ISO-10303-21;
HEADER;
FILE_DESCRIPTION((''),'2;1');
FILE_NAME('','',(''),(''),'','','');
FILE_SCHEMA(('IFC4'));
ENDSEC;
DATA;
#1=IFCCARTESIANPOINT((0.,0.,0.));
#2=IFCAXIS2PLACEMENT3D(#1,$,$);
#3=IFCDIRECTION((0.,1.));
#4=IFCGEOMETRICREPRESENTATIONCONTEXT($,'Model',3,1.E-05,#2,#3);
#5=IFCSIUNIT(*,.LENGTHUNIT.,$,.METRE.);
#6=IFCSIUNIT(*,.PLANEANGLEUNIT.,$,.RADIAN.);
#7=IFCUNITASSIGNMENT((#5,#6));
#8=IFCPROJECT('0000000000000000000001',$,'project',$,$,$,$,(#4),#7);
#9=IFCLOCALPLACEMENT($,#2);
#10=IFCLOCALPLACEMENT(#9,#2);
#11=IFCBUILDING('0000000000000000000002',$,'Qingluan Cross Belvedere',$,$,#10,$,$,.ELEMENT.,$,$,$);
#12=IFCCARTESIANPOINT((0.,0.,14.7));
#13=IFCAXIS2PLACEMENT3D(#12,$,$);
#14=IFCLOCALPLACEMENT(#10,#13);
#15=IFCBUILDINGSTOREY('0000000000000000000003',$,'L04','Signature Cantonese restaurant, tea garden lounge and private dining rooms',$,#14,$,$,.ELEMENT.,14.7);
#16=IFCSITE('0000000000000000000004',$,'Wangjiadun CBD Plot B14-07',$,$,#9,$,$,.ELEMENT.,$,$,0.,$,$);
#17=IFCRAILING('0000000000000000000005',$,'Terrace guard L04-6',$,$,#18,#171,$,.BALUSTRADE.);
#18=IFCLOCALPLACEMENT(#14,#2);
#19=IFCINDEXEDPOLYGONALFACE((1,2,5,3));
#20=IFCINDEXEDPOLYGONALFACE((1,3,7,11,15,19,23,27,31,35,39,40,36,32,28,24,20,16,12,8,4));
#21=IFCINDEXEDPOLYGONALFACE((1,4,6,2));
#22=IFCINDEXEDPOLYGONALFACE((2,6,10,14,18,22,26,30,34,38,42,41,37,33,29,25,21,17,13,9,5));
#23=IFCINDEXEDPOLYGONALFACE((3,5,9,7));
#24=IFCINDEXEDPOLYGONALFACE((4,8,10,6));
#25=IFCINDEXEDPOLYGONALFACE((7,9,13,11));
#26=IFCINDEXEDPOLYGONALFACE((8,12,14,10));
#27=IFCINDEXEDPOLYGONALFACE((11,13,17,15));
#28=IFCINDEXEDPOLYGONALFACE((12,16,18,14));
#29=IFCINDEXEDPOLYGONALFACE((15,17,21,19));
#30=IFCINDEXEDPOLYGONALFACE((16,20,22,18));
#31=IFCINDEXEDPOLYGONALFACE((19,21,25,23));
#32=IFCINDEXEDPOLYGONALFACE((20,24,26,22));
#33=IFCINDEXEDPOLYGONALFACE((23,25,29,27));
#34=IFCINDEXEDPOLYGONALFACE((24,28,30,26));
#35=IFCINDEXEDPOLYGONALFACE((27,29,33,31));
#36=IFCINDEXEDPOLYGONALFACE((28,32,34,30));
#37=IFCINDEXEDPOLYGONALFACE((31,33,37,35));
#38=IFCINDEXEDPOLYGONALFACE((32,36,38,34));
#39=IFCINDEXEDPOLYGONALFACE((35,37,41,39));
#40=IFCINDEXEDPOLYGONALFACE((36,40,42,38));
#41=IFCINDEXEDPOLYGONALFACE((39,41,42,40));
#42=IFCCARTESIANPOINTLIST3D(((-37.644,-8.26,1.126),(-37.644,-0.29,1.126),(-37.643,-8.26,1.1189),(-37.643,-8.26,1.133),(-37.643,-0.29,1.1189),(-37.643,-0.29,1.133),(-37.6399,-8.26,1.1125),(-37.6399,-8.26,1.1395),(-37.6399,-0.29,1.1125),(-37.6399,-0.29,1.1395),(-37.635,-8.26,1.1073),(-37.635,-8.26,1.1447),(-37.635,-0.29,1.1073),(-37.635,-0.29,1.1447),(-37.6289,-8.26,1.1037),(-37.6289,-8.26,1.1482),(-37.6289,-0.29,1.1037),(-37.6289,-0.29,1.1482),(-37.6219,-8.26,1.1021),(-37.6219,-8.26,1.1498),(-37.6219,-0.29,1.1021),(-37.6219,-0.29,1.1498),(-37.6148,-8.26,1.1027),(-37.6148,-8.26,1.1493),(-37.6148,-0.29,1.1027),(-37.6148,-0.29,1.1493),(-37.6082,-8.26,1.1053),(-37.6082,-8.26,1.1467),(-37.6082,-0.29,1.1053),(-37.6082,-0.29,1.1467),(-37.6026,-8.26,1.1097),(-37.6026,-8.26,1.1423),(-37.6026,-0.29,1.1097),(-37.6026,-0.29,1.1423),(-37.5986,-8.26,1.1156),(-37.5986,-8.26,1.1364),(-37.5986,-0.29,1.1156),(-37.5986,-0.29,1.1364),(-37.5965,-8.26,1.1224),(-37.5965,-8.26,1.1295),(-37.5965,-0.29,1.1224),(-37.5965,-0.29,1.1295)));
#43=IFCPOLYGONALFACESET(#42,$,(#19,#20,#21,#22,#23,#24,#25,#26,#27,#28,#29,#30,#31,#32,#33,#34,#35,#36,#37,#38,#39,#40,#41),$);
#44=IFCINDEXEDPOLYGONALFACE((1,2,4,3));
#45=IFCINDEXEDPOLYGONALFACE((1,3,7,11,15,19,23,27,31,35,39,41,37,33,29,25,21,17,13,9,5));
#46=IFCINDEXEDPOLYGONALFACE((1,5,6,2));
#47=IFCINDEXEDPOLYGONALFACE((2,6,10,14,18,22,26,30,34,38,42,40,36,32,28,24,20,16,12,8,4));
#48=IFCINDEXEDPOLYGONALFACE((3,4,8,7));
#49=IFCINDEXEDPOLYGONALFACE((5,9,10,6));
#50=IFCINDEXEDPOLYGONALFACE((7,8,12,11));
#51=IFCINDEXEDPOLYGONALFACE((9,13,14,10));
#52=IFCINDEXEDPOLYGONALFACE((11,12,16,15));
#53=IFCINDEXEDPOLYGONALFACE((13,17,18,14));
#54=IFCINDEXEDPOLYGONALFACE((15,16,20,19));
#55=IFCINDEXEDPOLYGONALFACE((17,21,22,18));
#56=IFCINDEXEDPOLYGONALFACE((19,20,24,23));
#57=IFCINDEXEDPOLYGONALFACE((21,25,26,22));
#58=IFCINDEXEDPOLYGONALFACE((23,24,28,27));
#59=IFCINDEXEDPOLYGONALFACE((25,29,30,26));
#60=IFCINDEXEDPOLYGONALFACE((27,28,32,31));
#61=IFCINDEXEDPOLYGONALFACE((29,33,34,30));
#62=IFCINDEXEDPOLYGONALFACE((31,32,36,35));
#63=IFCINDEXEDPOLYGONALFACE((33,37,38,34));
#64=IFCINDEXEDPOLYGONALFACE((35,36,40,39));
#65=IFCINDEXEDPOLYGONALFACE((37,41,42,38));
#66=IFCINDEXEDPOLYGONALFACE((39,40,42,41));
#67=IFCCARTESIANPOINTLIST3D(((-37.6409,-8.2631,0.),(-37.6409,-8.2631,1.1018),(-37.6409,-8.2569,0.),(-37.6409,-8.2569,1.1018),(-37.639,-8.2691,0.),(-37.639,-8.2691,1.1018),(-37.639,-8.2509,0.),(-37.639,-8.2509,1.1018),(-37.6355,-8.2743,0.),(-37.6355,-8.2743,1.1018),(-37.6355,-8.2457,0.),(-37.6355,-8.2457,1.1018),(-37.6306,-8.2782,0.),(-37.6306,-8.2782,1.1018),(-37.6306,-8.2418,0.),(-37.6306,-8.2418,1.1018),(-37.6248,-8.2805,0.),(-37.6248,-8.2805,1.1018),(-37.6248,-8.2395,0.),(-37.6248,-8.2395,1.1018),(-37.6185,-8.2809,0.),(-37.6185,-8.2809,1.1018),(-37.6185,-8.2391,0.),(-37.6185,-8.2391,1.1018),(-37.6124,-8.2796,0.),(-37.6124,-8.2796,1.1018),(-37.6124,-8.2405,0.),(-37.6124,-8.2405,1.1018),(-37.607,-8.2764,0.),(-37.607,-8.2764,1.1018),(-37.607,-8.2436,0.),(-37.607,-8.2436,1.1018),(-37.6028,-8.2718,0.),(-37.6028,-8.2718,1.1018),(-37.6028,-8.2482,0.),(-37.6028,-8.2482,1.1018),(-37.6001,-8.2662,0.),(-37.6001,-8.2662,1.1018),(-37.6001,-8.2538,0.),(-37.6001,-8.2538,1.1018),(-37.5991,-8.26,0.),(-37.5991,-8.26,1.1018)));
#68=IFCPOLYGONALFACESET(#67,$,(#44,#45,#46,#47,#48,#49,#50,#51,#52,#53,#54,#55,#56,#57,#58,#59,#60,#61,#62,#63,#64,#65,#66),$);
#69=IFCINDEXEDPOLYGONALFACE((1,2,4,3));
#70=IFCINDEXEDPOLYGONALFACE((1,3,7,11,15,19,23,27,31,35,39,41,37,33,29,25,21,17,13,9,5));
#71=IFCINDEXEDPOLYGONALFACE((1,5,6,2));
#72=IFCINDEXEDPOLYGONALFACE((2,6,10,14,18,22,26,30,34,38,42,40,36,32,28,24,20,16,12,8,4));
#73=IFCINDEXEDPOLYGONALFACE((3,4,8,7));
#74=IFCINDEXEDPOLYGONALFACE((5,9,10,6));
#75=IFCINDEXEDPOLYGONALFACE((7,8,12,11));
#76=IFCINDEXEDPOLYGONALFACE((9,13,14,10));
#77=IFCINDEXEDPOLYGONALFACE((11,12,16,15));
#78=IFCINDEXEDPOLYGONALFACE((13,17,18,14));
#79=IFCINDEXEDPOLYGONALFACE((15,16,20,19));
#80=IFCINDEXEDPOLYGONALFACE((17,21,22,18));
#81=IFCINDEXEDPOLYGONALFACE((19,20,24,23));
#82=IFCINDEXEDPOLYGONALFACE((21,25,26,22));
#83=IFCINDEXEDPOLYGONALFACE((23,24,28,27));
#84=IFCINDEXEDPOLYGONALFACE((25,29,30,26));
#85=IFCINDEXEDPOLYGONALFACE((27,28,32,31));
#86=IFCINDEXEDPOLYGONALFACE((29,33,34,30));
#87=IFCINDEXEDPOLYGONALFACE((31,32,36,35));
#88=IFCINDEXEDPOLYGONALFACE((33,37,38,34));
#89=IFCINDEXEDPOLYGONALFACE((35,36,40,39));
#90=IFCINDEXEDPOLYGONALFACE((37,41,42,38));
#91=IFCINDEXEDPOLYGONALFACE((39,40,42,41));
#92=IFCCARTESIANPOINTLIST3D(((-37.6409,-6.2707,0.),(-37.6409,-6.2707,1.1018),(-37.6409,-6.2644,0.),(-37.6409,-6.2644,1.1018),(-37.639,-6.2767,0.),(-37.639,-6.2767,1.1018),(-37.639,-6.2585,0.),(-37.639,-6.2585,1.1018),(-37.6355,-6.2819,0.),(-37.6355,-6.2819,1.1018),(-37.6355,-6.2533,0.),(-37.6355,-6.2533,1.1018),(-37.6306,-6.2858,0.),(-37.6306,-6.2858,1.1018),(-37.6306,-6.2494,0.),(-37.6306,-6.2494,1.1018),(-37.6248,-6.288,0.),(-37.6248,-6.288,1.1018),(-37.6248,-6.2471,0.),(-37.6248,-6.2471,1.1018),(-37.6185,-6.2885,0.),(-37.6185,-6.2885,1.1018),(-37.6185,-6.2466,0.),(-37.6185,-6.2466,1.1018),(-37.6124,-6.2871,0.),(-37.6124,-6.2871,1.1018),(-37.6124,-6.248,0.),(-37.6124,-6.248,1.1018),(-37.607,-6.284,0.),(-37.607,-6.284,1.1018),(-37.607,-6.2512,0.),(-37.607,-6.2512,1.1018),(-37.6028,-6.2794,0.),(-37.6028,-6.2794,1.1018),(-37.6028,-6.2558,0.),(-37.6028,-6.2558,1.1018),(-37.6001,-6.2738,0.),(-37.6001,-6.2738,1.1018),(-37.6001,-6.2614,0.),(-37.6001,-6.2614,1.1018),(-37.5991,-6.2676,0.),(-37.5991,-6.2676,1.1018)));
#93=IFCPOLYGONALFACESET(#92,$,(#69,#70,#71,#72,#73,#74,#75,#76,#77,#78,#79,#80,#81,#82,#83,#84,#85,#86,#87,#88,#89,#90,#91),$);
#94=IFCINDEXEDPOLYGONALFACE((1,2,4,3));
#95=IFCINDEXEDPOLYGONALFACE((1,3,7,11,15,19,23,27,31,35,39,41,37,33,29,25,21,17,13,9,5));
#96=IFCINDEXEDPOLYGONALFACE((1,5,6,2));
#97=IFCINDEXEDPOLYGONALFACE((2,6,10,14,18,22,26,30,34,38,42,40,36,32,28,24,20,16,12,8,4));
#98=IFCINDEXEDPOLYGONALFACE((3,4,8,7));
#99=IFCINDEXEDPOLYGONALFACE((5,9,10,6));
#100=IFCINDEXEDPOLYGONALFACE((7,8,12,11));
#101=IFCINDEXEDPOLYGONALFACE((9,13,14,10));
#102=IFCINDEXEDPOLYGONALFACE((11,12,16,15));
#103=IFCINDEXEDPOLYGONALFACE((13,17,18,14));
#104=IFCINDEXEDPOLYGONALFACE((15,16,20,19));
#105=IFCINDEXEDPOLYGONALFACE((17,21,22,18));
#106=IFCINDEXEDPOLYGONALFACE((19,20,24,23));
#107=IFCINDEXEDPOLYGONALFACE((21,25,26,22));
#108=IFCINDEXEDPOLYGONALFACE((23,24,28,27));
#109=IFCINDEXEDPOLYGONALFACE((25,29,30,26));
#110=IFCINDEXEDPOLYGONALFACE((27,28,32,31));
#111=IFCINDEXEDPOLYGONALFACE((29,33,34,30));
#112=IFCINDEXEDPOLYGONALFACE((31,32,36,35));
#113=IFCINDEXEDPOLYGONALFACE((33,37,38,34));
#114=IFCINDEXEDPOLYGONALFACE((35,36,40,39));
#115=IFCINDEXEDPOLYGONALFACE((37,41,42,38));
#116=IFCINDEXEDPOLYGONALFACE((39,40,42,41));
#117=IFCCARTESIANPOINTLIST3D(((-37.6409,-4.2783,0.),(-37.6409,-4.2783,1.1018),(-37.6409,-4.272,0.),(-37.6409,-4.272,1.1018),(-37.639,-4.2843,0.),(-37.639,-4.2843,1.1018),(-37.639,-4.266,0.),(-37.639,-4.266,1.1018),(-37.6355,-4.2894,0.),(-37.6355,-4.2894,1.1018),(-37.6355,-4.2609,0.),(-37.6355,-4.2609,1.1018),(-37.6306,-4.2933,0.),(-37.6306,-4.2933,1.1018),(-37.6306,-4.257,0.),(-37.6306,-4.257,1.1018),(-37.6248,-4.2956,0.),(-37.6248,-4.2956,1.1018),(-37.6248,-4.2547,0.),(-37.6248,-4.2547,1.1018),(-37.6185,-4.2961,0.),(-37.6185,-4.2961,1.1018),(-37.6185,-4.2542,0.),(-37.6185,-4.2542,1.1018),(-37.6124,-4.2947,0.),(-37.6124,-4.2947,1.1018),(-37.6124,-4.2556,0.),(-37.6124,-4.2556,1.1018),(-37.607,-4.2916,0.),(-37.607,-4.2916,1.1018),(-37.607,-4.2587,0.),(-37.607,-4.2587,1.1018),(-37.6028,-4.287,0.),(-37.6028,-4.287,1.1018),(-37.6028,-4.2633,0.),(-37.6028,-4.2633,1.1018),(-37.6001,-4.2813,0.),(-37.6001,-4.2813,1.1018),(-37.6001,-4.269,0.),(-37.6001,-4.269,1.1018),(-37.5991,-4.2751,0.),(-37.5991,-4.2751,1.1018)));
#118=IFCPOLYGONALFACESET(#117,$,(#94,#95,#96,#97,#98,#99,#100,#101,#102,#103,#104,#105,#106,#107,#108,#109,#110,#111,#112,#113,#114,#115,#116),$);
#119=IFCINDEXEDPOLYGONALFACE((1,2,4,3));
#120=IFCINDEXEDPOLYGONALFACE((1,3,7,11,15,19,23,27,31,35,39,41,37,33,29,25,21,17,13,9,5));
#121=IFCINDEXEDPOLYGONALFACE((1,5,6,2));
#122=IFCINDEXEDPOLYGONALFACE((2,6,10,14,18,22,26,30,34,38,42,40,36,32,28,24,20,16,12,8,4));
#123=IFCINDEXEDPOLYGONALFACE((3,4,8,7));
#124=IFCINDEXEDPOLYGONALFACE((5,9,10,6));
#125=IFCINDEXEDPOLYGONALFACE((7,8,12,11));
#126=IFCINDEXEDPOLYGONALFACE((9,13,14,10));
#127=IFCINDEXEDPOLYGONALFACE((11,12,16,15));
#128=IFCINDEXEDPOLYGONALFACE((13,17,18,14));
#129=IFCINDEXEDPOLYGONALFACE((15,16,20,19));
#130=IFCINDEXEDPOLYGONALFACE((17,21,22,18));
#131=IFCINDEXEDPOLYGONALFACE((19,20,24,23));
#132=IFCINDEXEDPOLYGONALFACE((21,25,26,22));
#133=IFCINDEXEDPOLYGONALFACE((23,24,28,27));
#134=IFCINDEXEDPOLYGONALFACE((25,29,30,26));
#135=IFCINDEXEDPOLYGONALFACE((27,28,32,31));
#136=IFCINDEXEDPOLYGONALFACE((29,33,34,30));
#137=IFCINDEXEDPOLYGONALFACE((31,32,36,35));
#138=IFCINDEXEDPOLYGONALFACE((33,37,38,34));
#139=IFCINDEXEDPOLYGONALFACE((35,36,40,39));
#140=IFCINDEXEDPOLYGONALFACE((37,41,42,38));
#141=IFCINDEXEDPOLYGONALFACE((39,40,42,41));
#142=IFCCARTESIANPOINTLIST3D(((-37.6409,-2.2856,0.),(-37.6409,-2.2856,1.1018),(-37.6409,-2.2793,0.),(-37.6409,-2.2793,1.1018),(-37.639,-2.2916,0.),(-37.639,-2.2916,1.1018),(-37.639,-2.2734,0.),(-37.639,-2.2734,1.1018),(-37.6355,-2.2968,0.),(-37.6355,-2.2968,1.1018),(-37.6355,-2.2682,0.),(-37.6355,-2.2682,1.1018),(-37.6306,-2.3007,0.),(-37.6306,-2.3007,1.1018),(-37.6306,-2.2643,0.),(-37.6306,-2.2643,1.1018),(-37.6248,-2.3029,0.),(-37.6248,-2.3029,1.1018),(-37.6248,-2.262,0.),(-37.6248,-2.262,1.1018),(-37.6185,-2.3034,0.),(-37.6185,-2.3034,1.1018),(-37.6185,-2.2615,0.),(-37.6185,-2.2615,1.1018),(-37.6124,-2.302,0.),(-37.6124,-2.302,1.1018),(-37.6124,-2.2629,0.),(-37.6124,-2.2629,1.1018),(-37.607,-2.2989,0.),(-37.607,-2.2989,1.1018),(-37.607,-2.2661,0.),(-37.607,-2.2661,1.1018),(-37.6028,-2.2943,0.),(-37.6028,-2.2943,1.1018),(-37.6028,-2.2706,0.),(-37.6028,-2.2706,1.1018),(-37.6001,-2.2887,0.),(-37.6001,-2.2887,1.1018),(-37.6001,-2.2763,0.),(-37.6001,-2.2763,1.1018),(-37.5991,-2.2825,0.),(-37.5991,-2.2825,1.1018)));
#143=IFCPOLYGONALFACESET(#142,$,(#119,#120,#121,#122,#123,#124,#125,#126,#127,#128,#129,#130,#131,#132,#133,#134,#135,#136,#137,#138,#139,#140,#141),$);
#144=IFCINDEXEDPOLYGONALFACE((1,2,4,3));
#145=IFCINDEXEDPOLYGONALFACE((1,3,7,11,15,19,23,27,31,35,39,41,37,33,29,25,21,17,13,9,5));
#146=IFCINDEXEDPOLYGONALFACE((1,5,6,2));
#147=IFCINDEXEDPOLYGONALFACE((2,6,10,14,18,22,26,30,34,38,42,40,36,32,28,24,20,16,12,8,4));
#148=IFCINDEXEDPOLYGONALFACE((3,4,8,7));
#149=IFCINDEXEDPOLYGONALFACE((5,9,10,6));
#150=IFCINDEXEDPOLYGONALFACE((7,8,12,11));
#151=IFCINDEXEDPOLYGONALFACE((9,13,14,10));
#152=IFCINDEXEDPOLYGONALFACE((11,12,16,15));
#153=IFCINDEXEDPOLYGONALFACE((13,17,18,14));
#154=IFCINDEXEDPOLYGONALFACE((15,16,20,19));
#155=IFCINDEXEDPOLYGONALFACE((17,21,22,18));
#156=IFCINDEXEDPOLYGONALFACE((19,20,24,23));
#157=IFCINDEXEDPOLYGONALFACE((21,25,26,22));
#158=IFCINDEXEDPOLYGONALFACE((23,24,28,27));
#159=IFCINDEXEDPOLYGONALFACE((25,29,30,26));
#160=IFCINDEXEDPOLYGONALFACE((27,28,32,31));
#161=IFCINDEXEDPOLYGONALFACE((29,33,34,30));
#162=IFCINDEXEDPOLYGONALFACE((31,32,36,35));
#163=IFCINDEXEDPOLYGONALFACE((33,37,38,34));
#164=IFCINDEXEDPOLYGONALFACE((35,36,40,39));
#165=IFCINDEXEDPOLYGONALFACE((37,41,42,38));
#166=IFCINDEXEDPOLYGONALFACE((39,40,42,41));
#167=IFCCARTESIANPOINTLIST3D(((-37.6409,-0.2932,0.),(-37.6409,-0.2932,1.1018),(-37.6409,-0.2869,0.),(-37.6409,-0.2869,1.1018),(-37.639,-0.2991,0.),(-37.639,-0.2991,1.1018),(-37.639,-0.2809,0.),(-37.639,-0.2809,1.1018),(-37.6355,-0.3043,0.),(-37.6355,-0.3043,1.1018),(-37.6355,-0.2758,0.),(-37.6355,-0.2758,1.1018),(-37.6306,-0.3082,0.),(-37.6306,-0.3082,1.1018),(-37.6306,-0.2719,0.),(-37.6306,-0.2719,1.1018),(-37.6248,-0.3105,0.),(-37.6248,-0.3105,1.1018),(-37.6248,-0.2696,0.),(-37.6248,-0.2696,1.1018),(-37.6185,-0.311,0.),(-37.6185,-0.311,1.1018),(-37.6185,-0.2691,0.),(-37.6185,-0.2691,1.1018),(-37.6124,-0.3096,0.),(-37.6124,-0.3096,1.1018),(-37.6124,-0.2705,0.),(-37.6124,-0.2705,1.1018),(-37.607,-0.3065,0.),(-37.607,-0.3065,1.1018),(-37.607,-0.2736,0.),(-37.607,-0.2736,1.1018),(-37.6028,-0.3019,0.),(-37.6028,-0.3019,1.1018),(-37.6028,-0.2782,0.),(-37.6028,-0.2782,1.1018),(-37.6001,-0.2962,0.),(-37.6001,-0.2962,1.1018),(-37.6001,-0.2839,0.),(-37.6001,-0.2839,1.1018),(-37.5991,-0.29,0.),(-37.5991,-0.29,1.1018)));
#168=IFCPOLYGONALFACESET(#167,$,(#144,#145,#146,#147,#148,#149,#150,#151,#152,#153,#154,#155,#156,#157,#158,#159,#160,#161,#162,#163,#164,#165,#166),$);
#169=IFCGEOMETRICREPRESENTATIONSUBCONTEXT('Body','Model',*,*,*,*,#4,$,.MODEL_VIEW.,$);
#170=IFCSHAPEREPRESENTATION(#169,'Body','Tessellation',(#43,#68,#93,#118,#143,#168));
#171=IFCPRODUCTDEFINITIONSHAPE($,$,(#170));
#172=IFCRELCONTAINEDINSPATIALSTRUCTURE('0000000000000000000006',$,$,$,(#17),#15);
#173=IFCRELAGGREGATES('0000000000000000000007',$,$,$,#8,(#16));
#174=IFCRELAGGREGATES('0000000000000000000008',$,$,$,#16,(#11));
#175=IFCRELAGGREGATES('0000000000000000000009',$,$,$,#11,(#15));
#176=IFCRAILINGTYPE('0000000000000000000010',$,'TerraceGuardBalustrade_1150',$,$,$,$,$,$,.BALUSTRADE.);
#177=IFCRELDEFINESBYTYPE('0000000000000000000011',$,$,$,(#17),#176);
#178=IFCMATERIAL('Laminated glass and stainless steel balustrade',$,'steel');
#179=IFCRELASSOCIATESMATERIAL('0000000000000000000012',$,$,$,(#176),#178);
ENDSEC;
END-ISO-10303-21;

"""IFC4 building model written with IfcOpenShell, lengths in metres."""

from ifc_helpers import new_model, si_unit, direction, frame, origin, origin_2d, place, context, subcontext, project, spatial, circle, extrude, material, type_object, element, save


model = new_model("IFC4")

# Units and contexts
model_context = context("Model", 3, precision=1e-05, world=origin(), true_north=direction((0.0, 1.0)))
body_context = subcontext(model_context, "Body", "Model", "MODEL_VIEW")
ifc_project = project(units=[si_unit("LENGTHUNIT", "METRE"), si_unit("PLANEANGLEUNIT", "RADIAN")], contexts=[model_context])

# Site, building, storey
site_placement = place(None, origin())
site = spatial("IfcSite", under=ifc_project, at=site_placement, Name="Wangjiadun CBD Plot B14-07", CompositionType="ELEMENT", RefElevation=0.0)
building_placement = place(site_placement, origin())
building = spatial("IfcBuilding", under=site, at=building_placement, Name="Qingluan Cross Belvedere", CompositionType="ELEMENT")
storey_placement = place(building_placement, frame((0.0, 0.0, 14.7)))
storey = spatial("IfcBuildingStorey", under=building, at=storey_placement, Name="L04", Description="Signature Cantonese restaurant, tea garden lounge and private dining rooms", CompositionType="ELEMENT", Elevation=14.7)

# Railing
ifc_material_1 = material(Name="Laminated glass and stainless steel balustrade", Category="steel")
railing_type = type_object("IfcRailingType", Name="TerraceGuardBalustrade_1150", PredefinedType="BALUSTRADE", material=ifc_material_1)
railing_placement = place(storey_placement, frame((-37.6201, -8.26, 0.0)))
element("IfcRailing", 1, at=railing_placement, inside=storey, type_object=railing_type, Name="Terrace guard L04-6", PredefinedType="BALUSTRADE", context=body_context, shape_type="SweptSolid", body=[
    extrude(circle(Radius=0.0239, at=origin_2d()), frame((0.0, 0.0, 1.126), z_axis=(0.0, 1.0, 0.0), x_axis=(-1.0, 0.0, 0.0)), (0.0, 0.0, 1.0), 7.97),
    extrude(circle(Radius=0.021, at=origin_2d()), origin(), (0.0, 0.0, 1.0), 1.1018),
    extrude(circle(Radius=0.021, at=origin_2d()), frame((0.0, 1.9924, 0.0)), (0.0, 0.0, 1.0), 1.1018),
    extrude(circle(Radius=0.021, at=origin_2d()), frame((0.0, 3.9849, 0.0)), (0.0, 0.0, 1.0), 1.1018),
    extrude(circle(Radius=0.021, at=origin_2d()), frame((0.0, 5.9775, 0.0)), (0.0, 0.0, 1.0), 1.1018),
    extrude(circle(Radius=0.021, at=origin_2d()), frame((0.0, 7.97, 0.0)), (0.0, 0.0, 1.0), 1.1018),
])

save(model, "model.ifc")
